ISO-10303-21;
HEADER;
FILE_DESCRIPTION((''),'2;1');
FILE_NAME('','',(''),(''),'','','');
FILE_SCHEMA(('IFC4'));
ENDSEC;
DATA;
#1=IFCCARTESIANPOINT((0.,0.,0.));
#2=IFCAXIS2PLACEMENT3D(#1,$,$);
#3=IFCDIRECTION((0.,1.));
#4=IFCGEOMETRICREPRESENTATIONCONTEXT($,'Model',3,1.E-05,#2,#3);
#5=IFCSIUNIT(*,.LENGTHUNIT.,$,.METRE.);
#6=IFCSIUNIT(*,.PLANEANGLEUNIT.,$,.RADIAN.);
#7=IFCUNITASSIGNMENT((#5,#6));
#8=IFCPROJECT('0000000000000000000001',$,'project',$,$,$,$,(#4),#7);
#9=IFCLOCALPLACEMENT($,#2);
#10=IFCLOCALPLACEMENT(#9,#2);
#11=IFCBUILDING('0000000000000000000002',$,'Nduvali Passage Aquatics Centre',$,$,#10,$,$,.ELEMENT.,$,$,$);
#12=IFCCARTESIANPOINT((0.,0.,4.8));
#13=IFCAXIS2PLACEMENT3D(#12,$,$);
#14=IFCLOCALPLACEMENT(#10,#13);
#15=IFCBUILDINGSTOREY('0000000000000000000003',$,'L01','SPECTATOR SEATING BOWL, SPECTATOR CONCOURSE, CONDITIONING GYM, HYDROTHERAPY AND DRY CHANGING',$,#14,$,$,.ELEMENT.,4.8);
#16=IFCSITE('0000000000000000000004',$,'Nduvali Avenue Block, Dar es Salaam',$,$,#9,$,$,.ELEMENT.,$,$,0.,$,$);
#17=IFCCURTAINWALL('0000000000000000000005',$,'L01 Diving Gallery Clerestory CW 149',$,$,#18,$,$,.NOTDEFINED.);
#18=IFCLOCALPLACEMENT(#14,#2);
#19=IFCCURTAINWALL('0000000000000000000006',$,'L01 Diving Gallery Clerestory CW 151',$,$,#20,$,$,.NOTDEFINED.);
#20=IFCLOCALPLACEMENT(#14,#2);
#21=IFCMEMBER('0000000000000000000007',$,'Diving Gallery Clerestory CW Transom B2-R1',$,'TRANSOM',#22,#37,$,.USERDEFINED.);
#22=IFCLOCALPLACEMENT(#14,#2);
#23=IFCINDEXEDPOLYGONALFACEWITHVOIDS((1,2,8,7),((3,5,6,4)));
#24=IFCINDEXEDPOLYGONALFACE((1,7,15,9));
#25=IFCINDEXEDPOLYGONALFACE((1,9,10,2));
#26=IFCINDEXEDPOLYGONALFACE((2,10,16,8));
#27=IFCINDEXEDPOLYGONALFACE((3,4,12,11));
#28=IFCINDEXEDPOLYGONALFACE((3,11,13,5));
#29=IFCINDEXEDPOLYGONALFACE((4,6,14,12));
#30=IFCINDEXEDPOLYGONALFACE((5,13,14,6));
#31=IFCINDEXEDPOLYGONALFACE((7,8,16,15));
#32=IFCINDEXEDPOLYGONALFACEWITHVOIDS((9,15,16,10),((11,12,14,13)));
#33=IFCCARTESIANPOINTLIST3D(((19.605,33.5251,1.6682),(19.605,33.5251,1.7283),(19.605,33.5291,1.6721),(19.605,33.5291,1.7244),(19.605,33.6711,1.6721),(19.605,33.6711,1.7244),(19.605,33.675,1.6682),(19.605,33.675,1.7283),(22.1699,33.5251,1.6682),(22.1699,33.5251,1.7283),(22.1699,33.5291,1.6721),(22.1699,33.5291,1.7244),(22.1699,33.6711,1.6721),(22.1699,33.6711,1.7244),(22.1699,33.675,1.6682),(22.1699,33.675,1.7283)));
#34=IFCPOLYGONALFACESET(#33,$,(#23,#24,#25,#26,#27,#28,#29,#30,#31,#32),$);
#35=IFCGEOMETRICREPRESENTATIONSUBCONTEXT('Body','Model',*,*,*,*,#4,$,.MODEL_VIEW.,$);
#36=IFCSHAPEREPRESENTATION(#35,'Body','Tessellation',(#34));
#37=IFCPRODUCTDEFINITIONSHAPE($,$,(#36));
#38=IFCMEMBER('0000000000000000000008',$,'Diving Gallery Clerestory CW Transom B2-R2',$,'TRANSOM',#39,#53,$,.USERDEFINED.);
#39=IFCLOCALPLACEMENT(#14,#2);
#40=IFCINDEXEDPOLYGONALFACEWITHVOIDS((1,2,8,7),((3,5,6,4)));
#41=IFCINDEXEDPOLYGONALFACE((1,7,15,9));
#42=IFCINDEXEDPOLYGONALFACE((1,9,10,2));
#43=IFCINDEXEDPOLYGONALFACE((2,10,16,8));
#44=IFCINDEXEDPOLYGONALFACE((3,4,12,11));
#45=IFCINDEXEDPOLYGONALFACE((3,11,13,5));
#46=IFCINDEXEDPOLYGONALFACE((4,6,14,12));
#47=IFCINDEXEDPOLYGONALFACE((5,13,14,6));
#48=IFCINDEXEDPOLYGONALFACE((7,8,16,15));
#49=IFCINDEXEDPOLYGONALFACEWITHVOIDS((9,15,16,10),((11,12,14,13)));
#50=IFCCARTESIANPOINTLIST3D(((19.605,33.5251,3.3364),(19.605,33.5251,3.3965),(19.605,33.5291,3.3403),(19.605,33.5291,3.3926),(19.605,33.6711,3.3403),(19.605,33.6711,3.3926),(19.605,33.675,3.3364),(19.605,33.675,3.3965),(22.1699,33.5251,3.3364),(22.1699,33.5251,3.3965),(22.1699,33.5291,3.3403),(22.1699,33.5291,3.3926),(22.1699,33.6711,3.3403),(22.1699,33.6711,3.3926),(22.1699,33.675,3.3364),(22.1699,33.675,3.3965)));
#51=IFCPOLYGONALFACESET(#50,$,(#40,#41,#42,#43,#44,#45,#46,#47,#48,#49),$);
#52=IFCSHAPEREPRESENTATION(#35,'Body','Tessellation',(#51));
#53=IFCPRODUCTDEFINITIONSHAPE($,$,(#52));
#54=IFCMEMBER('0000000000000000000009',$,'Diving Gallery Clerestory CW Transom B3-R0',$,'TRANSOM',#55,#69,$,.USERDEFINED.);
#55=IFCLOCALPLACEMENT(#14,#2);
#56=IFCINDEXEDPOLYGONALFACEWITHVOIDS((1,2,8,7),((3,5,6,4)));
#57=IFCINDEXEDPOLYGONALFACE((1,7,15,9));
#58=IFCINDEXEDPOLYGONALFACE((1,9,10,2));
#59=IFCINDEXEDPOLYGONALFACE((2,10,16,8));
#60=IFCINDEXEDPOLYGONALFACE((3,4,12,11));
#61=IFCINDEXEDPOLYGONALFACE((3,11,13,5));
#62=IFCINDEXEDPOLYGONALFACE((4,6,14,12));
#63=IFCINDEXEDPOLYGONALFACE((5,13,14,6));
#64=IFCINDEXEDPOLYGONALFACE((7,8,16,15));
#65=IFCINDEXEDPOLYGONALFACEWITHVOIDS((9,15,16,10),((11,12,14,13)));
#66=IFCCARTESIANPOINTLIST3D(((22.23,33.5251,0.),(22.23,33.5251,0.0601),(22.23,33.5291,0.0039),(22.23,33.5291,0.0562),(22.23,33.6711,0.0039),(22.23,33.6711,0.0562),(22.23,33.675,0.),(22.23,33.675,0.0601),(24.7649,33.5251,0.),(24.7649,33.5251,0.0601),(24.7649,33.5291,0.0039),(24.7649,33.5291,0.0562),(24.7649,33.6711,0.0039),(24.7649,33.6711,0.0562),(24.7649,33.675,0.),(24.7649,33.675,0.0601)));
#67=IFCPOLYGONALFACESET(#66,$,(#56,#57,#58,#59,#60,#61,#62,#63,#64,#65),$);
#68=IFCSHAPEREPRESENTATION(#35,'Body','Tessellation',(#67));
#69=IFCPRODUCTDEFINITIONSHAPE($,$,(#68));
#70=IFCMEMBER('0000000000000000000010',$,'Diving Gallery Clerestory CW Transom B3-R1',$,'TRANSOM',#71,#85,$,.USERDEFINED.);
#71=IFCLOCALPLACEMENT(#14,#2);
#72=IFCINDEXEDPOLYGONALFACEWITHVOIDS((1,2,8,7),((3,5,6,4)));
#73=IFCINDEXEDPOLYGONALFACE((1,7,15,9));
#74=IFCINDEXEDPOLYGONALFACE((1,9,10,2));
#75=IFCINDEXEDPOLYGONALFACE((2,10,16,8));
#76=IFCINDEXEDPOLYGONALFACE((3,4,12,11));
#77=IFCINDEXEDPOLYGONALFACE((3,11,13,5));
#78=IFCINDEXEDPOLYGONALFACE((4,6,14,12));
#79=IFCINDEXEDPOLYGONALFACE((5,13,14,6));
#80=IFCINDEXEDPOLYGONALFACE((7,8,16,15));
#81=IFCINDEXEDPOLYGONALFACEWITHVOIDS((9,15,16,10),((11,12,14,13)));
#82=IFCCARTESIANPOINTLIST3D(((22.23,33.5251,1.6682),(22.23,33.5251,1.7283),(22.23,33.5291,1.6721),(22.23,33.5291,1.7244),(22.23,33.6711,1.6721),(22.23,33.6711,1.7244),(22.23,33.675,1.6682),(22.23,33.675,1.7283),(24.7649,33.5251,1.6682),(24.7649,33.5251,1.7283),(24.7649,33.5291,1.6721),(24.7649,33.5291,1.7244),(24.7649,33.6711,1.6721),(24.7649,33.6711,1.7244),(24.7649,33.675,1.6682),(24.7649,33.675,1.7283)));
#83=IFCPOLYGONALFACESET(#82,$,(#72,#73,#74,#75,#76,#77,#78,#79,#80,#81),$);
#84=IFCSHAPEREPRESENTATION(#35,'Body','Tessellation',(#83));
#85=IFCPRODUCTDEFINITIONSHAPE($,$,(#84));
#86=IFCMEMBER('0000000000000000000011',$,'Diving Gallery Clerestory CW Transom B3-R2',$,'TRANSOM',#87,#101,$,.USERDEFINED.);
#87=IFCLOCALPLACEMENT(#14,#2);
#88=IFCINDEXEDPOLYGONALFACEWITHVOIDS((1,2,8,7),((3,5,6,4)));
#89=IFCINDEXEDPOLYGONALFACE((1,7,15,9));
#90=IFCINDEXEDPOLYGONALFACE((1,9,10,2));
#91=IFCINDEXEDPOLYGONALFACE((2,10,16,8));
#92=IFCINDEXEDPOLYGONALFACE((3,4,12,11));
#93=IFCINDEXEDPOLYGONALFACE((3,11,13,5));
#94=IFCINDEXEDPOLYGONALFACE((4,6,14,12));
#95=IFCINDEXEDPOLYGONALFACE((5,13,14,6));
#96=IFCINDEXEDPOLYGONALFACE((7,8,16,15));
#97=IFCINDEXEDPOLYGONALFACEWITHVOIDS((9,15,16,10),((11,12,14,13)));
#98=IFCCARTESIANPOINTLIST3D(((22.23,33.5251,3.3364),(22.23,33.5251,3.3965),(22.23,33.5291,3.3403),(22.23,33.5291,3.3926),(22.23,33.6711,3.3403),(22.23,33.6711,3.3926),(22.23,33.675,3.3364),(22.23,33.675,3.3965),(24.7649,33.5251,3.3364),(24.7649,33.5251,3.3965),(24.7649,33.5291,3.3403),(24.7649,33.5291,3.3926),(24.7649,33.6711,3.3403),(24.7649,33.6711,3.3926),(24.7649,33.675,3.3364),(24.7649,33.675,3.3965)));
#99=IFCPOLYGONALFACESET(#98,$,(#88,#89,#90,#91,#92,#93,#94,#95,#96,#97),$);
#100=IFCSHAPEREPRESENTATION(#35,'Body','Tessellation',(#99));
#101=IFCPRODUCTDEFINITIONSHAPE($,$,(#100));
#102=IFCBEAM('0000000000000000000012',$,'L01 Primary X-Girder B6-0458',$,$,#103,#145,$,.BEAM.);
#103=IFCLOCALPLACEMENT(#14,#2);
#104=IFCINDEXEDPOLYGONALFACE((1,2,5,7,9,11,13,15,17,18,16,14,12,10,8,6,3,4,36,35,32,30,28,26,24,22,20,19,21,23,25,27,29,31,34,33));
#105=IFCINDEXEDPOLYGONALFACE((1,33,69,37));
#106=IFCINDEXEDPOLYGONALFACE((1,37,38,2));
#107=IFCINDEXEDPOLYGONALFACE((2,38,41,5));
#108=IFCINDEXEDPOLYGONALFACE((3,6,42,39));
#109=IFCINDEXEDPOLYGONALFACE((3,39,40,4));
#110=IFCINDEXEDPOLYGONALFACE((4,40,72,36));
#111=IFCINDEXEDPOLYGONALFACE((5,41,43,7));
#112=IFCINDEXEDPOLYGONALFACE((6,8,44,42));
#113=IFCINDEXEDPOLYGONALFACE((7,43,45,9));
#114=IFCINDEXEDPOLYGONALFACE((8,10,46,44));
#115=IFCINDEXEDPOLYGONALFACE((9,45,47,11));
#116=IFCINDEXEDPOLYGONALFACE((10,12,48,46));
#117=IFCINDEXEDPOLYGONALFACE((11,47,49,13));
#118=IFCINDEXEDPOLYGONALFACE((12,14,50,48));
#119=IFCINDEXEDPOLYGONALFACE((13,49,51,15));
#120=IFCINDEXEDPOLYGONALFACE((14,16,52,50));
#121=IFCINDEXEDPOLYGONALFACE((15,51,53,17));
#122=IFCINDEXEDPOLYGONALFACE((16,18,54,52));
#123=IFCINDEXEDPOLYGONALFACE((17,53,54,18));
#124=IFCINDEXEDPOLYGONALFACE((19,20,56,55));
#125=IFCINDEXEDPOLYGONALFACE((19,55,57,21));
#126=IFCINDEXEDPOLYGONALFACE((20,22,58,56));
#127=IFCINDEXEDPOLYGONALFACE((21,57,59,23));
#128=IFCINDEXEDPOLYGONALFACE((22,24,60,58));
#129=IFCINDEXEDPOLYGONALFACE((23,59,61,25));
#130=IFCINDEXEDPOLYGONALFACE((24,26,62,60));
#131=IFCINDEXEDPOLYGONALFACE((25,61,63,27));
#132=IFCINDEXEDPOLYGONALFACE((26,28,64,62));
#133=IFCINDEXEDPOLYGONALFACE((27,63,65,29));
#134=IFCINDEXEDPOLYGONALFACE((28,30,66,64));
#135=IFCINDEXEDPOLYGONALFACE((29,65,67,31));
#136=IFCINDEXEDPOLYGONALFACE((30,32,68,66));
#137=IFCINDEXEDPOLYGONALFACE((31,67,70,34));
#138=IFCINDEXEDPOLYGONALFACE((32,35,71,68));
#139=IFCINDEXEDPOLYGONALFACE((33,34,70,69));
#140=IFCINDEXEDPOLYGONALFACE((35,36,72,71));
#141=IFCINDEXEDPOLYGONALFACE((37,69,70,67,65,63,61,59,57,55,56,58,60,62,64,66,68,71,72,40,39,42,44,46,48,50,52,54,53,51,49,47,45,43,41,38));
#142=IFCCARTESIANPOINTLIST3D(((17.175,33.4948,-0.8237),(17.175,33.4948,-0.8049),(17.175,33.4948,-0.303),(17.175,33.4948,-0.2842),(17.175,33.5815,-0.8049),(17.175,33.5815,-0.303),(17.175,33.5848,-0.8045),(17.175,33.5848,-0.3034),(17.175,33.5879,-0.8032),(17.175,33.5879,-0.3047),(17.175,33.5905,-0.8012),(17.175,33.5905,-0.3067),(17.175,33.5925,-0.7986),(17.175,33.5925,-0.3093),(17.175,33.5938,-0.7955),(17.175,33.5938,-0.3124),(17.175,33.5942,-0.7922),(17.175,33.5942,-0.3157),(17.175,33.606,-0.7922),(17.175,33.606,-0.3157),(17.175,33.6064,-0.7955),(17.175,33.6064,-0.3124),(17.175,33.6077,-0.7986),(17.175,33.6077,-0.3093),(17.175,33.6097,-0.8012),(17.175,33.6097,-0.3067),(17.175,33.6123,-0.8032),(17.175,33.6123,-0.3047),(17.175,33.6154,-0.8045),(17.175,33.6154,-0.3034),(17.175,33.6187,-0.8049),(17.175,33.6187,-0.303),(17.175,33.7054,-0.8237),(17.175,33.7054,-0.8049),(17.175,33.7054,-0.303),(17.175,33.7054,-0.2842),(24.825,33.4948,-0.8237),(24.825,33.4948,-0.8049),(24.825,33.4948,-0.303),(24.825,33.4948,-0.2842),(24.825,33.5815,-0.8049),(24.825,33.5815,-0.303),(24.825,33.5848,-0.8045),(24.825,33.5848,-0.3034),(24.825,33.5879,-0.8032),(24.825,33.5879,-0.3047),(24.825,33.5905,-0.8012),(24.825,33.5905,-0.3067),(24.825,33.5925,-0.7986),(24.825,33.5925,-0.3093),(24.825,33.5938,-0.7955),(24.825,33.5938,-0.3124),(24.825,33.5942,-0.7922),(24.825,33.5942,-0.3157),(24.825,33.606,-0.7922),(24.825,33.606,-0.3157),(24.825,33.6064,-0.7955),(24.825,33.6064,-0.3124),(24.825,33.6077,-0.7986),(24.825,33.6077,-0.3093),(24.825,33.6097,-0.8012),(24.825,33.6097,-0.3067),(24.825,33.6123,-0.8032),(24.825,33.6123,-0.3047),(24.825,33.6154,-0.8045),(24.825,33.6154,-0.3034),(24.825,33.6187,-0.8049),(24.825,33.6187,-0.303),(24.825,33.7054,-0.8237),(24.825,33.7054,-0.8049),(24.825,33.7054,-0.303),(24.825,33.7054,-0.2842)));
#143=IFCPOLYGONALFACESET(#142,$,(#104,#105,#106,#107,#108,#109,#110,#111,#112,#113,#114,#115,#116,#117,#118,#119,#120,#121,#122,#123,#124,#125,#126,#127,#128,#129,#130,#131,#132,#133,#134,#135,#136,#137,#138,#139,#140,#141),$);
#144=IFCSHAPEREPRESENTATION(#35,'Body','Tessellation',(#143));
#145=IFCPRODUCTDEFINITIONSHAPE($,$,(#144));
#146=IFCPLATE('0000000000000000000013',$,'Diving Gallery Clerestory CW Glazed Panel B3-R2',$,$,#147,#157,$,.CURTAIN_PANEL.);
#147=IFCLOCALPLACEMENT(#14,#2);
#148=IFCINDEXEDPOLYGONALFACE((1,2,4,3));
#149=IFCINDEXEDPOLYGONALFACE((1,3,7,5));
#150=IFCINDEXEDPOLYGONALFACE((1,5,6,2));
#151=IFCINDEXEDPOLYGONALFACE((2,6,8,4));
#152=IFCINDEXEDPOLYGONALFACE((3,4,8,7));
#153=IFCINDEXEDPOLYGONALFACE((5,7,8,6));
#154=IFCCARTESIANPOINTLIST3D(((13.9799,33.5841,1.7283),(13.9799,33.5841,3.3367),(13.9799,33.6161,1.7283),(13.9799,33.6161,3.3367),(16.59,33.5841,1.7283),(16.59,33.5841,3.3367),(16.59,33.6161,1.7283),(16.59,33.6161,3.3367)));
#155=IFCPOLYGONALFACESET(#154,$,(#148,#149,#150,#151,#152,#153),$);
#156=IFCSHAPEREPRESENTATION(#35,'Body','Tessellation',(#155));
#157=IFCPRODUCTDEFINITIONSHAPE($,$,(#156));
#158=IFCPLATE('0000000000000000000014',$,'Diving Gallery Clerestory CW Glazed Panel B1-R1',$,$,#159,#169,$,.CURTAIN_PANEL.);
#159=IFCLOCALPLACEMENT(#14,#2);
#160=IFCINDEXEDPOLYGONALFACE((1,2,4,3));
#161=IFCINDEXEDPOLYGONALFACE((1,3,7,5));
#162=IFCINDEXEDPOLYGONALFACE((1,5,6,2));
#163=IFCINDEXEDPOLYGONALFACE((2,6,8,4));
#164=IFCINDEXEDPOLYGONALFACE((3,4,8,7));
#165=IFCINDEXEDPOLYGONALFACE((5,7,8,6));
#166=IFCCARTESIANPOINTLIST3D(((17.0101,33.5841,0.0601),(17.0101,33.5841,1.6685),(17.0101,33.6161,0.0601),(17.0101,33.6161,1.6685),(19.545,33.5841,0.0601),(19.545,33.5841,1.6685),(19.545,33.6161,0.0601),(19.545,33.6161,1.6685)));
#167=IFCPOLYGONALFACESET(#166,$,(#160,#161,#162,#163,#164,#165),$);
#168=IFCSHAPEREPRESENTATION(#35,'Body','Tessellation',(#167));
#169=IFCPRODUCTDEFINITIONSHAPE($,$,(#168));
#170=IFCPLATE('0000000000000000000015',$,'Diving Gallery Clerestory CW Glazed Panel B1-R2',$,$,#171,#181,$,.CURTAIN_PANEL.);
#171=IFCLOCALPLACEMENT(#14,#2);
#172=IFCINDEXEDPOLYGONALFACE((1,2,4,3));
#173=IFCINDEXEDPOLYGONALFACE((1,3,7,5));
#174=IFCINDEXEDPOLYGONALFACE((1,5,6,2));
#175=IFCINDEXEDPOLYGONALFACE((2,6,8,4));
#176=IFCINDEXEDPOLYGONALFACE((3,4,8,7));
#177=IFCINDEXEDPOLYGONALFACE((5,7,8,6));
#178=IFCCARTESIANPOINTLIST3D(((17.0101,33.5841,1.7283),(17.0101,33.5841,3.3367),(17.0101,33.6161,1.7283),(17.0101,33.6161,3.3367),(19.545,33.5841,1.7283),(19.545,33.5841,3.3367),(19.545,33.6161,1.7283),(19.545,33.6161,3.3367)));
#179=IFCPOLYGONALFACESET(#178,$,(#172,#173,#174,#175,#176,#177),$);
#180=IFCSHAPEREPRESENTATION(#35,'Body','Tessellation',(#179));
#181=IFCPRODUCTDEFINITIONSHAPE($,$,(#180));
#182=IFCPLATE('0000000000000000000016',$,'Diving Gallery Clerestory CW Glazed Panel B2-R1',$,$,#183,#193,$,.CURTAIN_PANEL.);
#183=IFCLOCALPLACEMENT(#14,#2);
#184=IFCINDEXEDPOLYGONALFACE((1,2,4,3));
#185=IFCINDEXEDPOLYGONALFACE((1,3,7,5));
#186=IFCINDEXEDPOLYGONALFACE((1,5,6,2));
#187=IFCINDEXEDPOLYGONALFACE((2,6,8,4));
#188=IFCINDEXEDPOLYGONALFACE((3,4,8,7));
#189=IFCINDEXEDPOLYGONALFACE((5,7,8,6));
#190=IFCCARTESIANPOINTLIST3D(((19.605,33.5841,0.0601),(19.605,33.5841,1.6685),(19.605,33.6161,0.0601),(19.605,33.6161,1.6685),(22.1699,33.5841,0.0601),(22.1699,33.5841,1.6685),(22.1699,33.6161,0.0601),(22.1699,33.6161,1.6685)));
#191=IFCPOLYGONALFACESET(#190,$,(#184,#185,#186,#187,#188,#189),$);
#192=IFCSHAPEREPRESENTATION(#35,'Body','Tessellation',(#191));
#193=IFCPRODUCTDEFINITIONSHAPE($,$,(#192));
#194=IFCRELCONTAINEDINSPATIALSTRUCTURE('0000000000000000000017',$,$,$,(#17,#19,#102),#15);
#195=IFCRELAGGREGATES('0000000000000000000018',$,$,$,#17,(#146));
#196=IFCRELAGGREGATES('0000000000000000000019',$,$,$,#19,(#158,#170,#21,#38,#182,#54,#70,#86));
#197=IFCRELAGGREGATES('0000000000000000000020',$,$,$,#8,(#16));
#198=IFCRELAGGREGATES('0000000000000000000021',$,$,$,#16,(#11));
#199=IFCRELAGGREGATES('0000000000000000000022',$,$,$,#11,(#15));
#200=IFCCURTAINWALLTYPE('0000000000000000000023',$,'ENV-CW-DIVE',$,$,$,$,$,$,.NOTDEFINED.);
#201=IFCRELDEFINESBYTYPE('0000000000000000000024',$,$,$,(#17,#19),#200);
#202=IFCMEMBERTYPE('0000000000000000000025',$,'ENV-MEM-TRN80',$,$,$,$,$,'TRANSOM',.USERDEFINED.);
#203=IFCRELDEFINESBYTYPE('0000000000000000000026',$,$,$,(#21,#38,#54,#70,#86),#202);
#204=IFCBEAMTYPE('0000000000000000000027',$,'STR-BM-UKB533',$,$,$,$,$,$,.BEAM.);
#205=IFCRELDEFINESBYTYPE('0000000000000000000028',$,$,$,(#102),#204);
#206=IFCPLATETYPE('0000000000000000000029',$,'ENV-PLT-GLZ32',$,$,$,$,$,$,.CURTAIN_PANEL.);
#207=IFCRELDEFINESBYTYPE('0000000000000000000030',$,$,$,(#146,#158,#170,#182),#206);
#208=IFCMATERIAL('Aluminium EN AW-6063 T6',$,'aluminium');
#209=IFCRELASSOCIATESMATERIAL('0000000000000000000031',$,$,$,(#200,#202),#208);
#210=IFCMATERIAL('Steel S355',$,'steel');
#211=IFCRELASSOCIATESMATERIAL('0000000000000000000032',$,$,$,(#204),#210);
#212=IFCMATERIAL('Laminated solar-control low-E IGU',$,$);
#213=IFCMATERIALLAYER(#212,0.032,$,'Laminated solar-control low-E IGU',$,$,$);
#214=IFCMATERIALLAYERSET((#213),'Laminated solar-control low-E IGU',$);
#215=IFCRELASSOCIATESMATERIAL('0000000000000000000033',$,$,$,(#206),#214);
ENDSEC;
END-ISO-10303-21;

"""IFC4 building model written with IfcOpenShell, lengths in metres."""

from ifc_helpers import new_model, si_unit, direction, frame, origin, origin_2d, place, context, subcontext, project, spatial, rectangle, hollow_rectangle, i_section, extrude, material, layer, layer_set, material_profile, profile_set, type_object, element, aggregate, save


model = new_model("IFC4")

# Units and contexts
model_context = context("Model", 3, precision=1e-05, world=origin(), true_north=direction((0.0, 1.0)))
body_context = subcontext(model_context, "Body", "Model", "MODEL_VIEW")
ifc_project = project(units=[si_unit("LENGTHUNIT", "METRE"), si_unit("PLANEANGLEUNIT", "RADIAN")], contexts=[model_context])

# Site, building, storey
site_placement = place(None, origin())
site = spatial("IfcSite", under=ifc_project, at=site_placement, Name="Nduvali Avenue Block, Dar es Salaam", CompositionType="ELEMENT", RefElevation=0.0)
building_placement = place(site_placement, origin())
building = spatial("IfcBuilding", under=site, at=building_placement, Name="Nduvali Passage Aquatics Centre", CompositionType="ELEMENT")
storey_placement = place(building_placement, frame((0.0, 0.0, 4.8)))
storey = spatial("IfcBuildingStorey", under=building, at=storey_placement, Name="L01", Description="SPECTATOR SEATING BOWL, SPECTATOR CONCOURSE, CONDITIONING GYM, HYDROTHERAPY AND DRY CHANGING", CompositionType="ELEMENT", Elevation=4.8)

# Shared definitions
ifc_material_1 = material(Name="Steel S355", Category="steel")

# Curtain wall
ifc_material_2 = material(Name="Aluminium EN AW-6063 T6", Category="aluminium")
curtain_wall_type = type_object("IfcCurtainWallType", Name="ENV-CW-DIVE", PredefinedType="NOTDEFINED", material=ifc_material_2)
curtain_wall_1_placement = place(storey_placement, origin())
curtain_wall_1 = element("IfcCurtainWall", 1, at=curtain_wall_1_placement, inside=storey, type_object=curtain_wall_type, Name="L01 Diving Gallery Clerestory CW 149", PredefinedType="NOTDEFINED")

# Curtain wall, members
curtain_wall_2_placement = place(storey_placement, origin())
curtain_wall_2 = element("IfcCurtainWall", 2, at=curtain_wall_2_placement, inside=storey, type_object=curtain_wall_type, Name="L01 Diving Gallery Clerestory CW 151", PredefinedType="NOTDEFINED")
ifc_material_profile_1 = material_profile(ifc_material_2, hollow_rectangle(XDim=0.1499, YDim=0.0601, WallThickness=0.0039, at=origin_2d()), Name="ALU TRANSOM 150x60x4")
ifc_profile_set_1 = profile_set([ifc_material_profile_1], Name="Aluminium EN AW-6063 T6")
member_type_1 = type_object("IfcMemberType", Name="ENV-MEM-TRN80", ElementType="TRANSOM", PredefinedType="USERDEFINED", material=ifc_profile_set_1)
member_1_placement = place(storey_placement, frame((19.605, 33.6001, 1.6982), z_axis=(1.0, 0.0, 0.0), x_axis=(0.0, 1.0, 0.0)))
member_1 = element("IfcMember", 3, at=member_1_placement, type_object=member_type_1, Name="Diving Gallery Clerestory CW Transom B2-R1", ObjectType="TRANSOM", PredefinedType="USERDEFINED", context=body_context, shape_type="SweptSolid", body=[
    extrude(hollow_rectangle(XDim=0.1499, YDim=0.0601, WallThickness=0.0039, at=origin_2d()), origin(), (0.0, 0.0, 1.0), 2.5649),
])
member_2_placement = place(storey_placement, frame((19.605, 33.6001, 3.3665), z_axis=(1.0, 0.0, 0.0), x_axis=(0.0, 1.0, 0.0)))
member_2 = element("IfcMember", 4, at=member_2_placement, type_object=member_type_1, Name="Diving Gallery Clerestory CW Transom B2-R2", ObjectType="TRANSOM", PredefinedType="USERDEFINED", context=body_context, shape_type="SweptSolid", body=[
    extrude(hollow_rectangle(XDim=0.1499, YDim=0.0601, WallThickness=0.0039, at=origin_2d()), origin(), (0.0, 0.0, 1.0), 2.5649),
])
member_3_placement = place(storey_placement, frame((22.23, 33.6001, 0.03), z_axis=(1.0, 0.0, 0.0), x_axis=(0.0, 1.0, 0.0)))
member_3 = element("IfcMember", 5, at=member_3_placement, type_object=member_type_1, Name="Diving Gallery Clerestory CW Transom B3-R0", ObjectType="TRANSOM", PredefinedType="USERDEFINED", context=body_context, shape_type="SweptSolid", body=[
    extrude(hollow_rectangle(XDim=0.1499, YDim=0.0601, WallThickness=0.0039, at=origin_2d()), origin(), (0.0, 0.0, 1.0), 2.5349),
])
member_4_placement = place(storey_placement, frame((22.23, 33.6001, 1.6982), z_axis=(1.0, 0.0, 0.0), x_axis=(0.0, 1.0, 0.0)))
member_4 = element("IfcMember", 6, at=member_4_placement, type_object=member_type_1, Name="Diving Gallery Clerestory CW Transom B3-R1", ObjectType="TRANSOM", PredefinedType="USERDEFINED", context=body_context, shape_type="SweptSolid", body=[
    extrude(hollow_rectangle(XDim=0.1499, YDim=0.0601, WallThickness=0.0039, at=origin_2d()), origin(), (0.0, 0.0, 1.0), 2.5349),
])
member_5_placement = place(storey_placement, frame((22.23, 33.6001, 3.3665), z_axis=(1.0, 0.0, 0.0), x_axis=(0.0, 1.0, 0.0)))
member_5 = element("IfcMember", 7, at=member_5_placement, type_object=member_type_1, Name="Diving Gallery Clerestory CW Transom B3-R2", ObjectType="TRANSOM", PredefinedType="USERDEFINED", context=body_context, shape_type="SweptSolid", body=[
    extrude(hollow_rectangle(XDim=0.1499, YDim=0.0601, WallThickness=0.0039, at=origin_2d()), origin(), (0.0, 0.0, 1.0), 2.5349),
])

# Beam
ifc_material_profile_2 = material_profile(ifc_material_1, i_section(OverallWidth=0.2107, OverallDepth=0.5396, WebThickness=0.0117, FlangeThickness=0.0188, FilletRadius=0.0127, at=origin_2d()), Name="UKB 533x210x109")
ifc_profile_set_2 = profile_set([ifc_material_profile_2], Name="Steel S355")
beam_type = type_object("IfcBeamType", Name="STR-BM-UKB533", PredefinedType="BEAM", material=ifc_profile_set_2)
beam_placement = place(storey_placement, frame((17.175, 33.6001, -0.554), z_axis=(1.0, 0.0, 0.0), x_axis=(0.0, 1.0, 0.0)))
element("IfcBeam", 8, at=beam_placement, inside=storey, type_object=beam_type, Name="L01 Primary X-Girder B6-0458", PredefinedType="BEAM", context=body_context, shape_type="SweptSolid", body=[
    extrude(i_section(OverallWidth=0.2107, OverallDepth=0.5396, WebThickness=0.0117, FlangeThickness=0.0188, FilletRadius=0.0127, at=origin_2d()), origin(), (0.0, 0.0, 1.0), 7.6499),
])

# Plates
ifc_material_3 = material(Name="Laminated solar-control low-E IGU")
ifc_layer = layer(ifc_material_3, 0.032, Name="Laminated solar-control low-E IGU")
ifc_layer_set = layer_set([ifc_layer], Name="Laminated solar-control low-E IGU")
plate_type = type_object("IfcPlateType", Name="ENV-PLT-GLZ32", PredefinedType="CURTAIN_PANEL", material=ifc_layer_set)
plate_1_placement = place(storey_placement, frame((15.2849, 33.6001, 1.7283), z_axis=(0.0, 0.0, 1.0), x_axis=(1.0, 0.0, 0.0)))
plate_1 = element("IfcPlate", 9, at=plate_1_placement, type_object=plate_type, Name="Diving Gallery Clerestory CW Glazed Panel B3-R2", PredefinedType="CURTAIN_PANEL", context=body_context, shape_type="SweptSolid", body=[
    extrude(rectangle(XDim=2.6101, YDim=0.032, at=origin_2d()), origin(), (0.0, 0.0, 1.0), 1.6084),
])
aggregate(curtain_wall_1, [plate_1])
plate_2_placement = place(storey_placement, frame((18.2776, 33.6001, 0.0601), z_axis=(0.0, 0.0, 1.0), x_axis=(1.0, 0.0, 0.0)))
plate_2 = element("IfcPlate", 10, at=plate_2_placement, type_object=plate_type, Name="Diving Gallery Clerestory CW Glazed Panel B1-R1", PredefinedType="CURTAIN_PANEL", context=body_context, shape_type="SweptSolid", body=[
    extrude(rectangle(XDim=2.5349, YDim=0.032, at=origin_2d()), origin(), (0.0, 0.0, 1.0), 1.6084),
])
plate_3_placement = place(storey_placement, frame((18.2776, 33.6001, 1.7283), z_axis=(0.0, 0.0, 1.0), x_axis=(1.0, 0.0, 0.0)))
plate_3 = element("IfcPlate", 11, at=plate_3_placement, type_object=plate_type, Name="Diving Gallery Clerestory CW Glazed Panel B1-R2", PredefinedType="CURTAIN_PANEL", context=body_context, shape_type="SweptSolid", body=[
    extrude(rectangle(XDim=2.5349, YDim=0.032, at=origin_2d()), origin(), (0.0, 0.0, 1.0), 1.6084),
])
plate_4_placement = place(storey_placement, frame((20.8875, 33.6001, 0.0601), z_axis=(0.0, 0.0, 1.0), x_axis=(1.0, 0.0, 0.0)))
plate_4 = element("IfcPlate", 12, at=plate_4_placement, type_object=plate_type, Name="Diving Gallery Clerestory CW Glazed Panel B2-R1", PredefinedType="CURTAIN_PANEL", context=body_context, shape_type="SweptSolid", body=[
    extrude(rectangle(XDim=2.5649, YDim=0.032, at=origin_2d()), origin(), (0.0, 0.0, 1.0), 1.6084),
])
aggregate(curtain_wall_2, [plate_2, plate_3, member_1, member_2, plate_4, member_3, member_4, member_5])

save(model, "model.ifc")
